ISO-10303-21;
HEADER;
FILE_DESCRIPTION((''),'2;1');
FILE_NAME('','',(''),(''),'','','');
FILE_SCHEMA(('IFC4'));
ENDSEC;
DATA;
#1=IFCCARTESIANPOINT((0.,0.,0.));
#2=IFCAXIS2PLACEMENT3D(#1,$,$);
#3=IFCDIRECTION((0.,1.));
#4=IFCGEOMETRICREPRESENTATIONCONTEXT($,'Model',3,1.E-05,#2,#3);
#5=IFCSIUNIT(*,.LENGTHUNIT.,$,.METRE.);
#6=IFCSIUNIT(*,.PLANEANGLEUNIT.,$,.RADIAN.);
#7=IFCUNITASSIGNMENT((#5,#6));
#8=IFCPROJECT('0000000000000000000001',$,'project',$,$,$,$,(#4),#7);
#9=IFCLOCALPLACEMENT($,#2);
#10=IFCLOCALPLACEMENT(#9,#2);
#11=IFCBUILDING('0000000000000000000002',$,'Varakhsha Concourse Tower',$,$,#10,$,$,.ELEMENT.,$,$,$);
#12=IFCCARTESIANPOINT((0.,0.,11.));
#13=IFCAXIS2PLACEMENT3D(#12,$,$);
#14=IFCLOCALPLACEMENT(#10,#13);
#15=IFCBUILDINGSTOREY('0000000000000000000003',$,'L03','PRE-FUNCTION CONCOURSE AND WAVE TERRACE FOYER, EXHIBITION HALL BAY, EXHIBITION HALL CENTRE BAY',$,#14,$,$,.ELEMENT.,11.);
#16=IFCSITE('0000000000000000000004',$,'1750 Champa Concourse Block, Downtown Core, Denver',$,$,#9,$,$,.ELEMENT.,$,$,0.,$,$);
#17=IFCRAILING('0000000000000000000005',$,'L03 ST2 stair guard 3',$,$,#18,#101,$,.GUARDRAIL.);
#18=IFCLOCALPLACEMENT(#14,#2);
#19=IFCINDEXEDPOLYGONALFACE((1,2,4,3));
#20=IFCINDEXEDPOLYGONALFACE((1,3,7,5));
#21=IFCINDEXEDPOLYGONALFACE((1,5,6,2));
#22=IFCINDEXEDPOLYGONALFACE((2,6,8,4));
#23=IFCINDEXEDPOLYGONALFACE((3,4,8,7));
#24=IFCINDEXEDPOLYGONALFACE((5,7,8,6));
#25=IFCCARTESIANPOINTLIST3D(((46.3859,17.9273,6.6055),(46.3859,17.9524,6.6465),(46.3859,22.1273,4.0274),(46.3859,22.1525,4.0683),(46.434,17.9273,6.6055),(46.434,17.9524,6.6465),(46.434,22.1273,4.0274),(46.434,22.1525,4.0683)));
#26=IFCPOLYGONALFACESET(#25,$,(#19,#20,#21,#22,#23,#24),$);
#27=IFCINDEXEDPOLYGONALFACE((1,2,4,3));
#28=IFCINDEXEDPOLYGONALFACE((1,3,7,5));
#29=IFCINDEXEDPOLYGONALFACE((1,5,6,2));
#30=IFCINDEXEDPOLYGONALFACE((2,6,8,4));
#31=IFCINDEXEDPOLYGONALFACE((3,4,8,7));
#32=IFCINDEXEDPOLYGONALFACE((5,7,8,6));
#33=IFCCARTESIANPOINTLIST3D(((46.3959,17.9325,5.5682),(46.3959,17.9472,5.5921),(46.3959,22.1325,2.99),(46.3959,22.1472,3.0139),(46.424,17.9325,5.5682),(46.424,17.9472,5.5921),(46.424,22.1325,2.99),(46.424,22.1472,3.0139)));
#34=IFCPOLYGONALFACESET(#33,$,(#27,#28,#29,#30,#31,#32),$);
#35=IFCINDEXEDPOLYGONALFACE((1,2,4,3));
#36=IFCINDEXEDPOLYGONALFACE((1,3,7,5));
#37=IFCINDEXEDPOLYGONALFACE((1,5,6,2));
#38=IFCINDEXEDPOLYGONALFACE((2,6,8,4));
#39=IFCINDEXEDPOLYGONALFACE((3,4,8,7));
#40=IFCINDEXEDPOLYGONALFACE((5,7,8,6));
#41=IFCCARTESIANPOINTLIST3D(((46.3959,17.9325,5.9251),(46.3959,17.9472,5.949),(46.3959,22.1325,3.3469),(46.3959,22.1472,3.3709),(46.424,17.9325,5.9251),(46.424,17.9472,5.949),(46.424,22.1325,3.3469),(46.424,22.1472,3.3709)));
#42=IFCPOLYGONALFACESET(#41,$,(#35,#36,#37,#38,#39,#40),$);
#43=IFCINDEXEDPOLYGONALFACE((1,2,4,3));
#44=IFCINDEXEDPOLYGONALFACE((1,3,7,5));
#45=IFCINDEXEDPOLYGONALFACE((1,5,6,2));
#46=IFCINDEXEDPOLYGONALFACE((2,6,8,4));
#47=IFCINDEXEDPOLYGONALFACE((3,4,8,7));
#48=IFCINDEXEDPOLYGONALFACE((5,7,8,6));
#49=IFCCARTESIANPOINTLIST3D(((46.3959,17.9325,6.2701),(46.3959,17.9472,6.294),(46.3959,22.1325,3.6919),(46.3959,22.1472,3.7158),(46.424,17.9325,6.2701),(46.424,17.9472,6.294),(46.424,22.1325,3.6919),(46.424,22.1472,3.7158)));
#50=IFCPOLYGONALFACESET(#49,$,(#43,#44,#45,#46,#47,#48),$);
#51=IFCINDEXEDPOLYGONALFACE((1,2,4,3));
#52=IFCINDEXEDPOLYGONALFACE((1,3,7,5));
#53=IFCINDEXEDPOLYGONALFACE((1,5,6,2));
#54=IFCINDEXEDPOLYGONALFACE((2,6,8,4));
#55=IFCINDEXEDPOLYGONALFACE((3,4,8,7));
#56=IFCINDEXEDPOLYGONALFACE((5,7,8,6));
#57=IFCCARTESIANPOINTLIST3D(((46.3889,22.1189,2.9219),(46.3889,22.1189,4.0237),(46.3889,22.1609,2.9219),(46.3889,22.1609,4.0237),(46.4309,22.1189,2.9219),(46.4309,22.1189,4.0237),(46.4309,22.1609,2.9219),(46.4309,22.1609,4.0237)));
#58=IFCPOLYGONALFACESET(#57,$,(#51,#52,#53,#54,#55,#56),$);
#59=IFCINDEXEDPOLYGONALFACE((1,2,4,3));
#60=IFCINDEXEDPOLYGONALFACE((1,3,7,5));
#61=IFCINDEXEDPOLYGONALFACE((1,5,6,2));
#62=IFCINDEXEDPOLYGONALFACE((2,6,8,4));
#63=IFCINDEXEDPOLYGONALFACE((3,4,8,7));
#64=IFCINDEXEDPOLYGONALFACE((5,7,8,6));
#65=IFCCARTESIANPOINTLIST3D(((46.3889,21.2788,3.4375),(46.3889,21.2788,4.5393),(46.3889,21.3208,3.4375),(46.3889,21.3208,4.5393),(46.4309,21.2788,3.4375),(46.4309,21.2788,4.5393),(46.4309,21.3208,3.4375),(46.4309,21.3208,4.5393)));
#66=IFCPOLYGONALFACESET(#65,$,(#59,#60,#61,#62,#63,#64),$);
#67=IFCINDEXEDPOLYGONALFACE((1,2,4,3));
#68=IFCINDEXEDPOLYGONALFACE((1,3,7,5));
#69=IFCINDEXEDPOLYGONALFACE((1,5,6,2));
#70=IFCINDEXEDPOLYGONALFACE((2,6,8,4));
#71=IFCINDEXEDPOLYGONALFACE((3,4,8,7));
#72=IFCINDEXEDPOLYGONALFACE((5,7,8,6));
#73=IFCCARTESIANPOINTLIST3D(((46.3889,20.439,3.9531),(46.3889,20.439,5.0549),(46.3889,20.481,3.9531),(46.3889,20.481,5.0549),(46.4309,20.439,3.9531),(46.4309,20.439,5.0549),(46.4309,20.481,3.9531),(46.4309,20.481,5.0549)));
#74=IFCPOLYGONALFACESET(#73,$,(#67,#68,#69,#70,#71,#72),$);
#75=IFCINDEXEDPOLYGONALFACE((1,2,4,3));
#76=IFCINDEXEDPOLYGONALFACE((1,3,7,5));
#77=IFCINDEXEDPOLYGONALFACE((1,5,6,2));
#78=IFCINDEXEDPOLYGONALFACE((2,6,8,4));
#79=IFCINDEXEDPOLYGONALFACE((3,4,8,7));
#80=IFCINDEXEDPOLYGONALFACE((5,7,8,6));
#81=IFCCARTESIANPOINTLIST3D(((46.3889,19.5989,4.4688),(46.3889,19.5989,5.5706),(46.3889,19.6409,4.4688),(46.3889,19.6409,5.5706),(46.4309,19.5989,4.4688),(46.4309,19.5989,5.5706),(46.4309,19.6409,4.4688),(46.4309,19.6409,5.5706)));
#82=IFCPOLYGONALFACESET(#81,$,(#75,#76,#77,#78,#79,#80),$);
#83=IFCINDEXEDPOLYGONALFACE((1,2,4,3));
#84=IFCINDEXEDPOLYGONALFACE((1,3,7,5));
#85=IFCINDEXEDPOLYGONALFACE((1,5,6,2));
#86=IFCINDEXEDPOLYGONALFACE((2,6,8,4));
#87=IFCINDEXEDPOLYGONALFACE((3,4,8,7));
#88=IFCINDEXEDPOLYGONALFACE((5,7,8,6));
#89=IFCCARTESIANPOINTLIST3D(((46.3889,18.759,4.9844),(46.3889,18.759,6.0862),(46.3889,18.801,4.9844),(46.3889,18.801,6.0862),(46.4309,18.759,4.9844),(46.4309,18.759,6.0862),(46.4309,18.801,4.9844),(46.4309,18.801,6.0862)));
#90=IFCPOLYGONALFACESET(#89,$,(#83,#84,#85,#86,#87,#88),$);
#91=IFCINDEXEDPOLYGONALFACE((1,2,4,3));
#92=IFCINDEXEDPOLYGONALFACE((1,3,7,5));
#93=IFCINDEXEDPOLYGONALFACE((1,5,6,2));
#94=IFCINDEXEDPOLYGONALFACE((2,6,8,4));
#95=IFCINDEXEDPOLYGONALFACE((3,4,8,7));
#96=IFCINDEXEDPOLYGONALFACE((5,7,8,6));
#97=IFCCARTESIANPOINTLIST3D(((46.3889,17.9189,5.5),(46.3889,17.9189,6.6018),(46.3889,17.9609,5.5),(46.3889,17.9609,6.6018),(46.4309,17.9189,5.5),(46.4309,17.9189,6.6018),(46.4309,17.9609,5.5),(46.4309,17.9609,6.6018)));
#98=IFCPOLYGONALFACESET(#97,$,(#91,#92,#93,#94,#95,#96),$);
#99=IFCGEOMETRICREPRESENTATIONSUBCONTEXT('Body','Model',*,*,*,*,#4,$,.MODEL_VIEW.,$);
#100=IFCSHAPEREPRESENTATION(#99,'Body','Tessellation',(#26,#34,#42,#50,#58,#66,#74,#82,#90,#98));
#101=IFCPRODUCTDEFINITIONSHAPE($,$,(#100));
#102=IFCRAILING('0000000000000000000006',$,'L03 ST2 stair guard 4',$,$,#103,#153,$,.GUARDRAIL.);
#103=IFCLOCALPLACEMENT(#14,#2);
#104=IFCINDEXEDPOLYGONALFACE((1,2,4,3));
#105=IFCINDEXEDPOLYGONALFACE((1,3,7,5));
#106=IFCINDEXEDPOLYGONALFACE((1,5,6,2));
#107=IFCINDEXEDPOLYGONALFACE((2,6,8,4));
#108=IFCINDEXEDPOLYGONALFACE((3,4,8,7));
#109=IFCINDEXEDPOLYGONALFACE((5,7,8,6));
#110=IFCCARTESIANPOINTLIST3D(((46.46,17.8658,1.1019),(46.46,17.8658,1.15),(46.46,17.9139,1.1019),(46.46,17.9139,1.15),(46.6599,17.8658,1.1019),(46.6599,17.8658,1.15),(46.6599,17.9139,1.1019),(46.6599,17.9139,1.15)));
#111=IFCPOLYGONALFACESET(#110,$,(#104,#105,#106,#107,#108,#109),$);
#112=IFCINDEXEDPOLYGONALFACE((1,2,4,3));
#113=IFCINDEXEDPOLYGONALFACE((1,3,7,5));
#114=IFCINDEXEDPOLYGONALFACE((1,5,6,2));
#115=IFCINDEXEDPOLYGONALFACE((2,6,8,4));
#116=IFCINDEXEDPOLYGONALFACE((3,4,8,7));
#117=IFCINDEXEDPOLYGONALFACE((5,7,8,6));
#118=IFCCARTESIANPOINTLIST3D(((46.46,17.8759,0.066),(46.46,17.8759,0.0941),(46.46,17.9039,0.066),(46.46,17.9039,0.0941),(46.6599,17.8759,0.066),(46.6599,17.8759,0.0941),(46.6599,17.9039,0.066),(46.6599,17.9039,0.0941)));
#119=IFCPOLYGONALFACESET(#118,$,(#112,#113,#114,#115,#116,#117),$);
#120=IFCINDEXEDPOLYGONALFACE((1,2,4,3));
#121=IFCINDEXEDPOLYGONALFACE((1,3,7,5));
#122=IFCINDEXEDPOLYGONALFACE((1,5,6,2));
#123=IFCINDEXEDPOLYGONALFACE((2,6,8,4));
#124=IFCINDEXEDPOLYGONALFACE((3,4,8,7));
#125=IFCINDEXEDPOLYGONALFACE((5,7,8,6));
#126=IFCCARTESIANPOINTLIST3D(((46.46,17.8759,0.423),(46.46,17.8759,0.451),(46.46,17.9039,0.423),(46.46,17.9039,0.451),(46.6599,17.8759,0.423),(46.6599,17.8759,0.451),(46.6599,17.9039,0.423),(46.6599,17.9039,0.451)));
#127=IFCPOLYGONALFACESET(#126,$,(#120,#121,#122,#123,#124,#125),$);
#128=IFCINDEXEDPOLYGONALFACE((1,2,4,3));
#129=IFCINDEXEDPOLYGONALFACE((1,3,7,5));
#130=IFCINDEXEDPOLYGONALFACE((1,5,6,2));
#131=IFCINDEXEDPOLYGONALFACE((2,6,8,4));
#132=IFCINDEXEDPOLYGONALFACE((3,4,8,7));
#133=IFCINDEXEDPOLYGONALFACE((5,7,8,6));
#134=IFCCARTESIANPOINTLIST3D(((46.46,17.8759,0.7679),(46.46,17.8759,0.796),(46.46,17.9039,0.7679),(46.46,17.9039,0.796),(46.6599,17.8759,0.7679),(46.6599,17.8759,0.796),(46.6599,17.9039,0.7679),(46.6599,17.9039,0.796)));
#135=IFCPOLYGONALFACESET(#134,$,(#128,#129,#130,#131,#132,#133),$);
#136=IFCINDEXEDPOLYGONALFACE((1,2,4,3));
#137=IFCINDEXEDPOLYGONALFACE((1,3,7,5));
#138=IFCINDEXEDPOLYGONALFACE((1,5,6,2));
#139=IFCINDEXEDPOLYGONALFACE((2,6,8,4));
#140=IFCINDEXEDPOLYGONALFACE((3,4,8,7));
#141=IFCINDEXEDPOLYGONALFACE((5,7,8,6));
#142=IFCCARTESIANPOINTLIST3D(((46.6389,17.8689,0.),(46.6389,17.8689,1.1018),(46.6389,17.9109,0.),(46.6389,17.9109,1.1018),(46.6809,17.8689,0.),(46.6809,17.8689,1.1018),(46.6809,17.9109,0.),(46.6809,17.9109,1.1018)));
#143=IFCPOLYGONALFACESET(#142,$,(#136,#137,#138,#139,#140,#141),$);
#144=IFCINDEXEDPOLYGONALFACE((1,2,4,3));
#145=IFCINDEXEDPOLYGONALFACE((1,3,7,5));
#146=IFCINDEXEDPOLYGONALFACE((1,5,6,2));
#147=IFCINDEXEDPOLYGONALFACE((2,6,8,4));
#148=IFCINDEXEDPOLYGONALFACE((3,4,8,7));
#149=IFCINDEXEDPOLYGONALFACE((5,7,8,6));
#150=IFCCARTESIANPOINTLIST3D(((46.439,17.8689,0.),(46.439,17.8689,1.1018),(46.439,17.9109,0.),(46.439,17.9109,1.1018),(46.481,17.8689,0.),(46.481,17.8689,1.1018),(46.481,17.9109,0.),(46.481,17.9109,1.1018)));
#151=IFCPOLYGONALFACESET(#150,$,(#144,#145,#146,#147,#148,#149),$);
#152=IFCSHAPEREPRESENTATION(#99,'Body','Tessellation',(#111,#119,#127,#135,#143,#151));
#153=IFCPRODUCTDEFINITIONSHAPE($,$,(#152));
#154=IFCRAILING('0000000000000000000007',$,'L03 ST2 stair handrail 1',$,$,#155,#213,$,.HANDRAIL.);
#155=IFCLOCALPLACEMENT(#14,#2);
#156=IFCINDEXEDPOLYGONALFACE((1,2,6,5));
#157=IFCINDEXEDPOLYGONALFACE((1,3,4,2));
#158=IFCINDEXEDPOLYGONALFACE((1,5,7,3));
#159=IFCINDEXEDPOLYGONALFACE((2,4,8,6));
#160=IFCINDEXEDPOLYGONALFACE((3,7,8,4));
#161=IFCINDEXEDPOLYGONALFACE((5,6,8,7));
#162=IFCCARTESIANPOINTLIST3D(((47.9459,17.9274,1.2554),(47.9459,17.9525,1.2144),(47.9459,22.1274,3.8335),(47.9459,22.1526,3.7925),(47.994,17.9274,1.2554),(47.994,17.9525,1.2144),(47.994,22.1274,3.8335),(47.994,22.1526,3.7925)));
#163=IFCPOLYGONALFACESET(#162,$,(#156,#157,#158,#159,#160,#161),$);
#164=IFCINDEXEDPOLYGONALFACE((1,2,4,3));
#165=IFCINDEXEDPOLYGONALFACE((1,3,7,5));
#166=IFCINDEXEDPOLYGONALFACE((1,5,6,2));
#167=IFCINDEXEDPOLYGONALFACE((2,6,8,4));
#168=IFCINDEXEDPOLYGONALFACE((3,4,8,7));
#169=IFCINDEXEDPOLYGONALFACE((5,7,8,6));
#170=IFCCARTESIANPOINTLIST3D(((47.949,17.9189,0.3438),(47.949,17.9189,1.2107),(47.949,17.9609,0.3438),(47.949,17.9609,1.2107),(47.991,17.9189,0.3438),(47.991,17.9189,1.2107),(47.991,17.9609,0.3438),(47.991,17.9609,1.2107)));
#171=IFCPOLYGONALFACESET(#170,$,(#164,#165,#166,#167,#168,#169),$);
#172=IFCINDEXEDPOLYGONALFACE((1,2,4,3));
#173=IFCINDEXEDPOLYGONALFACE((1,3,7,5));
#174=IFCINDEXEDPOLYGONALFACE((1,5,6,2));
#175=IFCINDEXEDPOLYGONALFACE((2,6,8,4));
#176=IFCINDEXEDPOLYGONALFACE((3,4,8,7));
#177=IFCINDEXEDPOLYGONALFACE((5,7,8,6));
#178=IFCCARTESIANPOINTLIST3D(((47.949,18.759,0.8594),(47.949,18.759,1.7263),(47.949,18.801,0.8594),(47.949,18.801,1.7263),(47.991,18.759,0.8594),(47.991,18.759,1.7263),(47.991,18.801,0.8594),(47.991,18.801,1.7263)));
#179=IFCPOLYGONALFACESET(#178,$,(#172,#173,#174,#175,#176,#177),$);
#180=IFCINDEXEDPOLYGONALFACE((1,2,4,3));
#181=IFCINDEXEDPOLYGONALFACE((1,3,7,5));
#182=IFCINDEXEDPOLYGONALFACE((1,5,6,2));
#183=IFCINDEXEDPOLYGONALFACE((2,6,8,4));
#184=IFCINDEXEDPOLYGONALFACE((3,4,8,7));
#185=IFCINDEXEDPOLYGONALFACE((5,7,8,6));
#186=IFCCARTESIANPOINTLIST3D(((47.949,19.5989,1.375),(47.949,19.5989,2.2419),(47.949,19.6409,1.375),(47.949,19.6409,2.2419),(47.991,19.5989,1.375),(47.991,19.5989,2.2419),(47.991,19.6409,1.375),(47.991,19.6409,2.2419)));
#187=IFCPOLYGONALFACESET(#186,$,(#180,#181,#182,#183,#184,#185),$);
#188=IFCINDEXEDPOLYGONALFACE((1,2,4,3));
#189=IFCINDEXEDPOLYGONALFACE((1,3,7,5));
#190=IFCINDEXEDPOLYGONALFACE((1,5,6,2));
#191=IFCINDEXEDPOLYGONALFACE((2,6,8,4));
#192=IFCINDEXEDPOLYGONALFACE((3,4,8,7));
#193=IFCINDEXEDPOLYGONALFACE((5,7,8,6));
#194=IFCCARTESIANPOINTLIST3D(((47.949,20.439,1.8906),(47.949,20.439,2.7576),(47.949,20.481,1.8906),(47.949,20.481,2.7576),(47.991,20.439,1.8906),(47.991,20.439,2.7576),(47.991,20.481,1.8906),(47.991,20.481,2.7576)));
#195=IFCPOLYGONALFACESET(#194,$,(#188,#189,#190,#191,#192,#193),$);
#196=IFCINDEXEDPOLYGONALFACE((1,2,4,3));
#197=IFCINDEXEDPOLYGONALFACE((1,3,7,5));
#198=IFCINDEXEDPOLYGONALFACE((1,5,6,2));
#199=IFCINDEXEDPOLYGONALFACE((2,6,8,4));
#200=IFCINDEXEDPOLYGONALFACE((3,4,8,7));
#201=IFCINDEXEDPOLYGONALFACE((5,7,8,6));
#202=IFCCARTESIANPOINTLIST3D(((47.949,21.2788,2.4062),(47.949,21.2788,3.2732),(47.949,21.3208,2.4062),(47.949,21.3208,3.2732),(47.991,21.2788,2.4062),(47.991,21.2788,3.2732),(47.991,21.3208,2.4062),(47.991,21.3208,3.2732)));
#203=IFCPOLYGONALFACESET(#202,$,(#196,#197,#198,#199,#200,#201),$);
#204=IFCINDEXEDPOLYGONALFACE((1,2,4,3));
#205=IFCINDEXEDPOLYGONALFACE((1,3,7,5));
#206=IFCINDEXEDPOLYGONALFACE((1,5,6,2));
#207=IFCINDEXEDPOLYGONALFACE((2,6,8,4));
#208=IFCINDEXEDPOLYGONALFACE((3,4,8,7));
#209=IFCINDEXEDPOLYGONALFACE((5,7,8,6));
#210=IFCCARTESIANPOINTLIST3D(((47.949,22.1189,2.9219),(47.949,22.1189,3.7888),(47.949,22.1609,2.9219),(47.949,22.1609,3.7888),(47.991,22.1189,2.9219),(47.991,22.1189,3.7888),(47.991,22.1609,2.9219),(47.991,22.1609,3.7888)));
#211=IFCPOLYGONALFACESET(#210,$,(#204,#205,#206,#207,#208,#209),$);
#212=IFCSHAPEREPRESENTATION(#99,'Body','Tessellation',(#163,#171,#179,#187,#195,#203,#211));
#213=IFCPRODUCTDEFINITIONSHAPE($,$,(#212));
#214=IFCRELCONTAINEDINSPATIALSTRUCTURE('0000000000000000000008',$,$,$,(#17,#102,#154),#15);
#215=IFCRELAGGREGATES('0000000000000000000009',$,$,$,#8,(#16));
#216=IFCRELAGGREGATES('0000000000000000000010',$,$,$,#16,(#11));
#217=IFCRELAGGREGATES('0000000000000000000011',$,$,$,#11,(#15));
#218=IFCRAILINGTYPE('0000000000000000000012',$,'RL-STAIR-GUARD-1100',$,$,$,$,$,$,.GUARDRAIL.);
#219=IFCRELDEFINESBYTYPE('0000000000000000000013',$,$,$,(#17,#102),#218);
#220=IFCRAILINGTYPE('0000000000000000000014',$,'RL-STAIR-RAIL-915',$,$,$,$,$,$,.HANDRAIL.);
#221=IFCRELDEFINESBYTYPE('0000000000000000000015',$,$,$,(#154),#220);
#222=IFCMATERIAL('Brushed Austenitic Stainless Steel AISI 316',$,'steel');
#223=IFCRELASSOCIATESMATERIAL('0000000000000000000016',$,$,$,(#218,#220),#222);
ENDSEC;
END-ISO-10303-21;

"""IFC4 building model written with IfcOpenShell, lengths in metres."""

from ifc_helpers import new_model, si_unit, direction, frame, origin, origin_2d, place, context, subcontext, project, spatial, rectangle, extrude, material, type_object, element, save


model = new_model("IFC4")

# Units and contexts
model_context = context("Model", 3, precision=1e-05, world=origin(), true_north=direction((0.0, 1.0)))
body_context = subcontext(model_context, "Body", "Model", "MODEL_VIEW")
ifc_project = project(units=[si_unit("LENGTHUNIT", "METRE"), si_unit("PLANEANGLEUNIT", "RADIAN")], contexts=[model_context])

# Site, building, storey
site_placement = place(None, origin())
site = spatial("IfcSite", under=ifc_project, at=site_placement, Name="1750 Champa Concourse Block, Downtown Core, Denver", CompositionType="ELEMENT", RefElevation=0.0)
building_placement = place(site_placement, origin())
building = spatial("IfcBuilding", under=site, at=building_placement, Name="Varakhsha Concourse Tower", CompositionType="ELEMENT")
storey_placement = place(building_placement, frame((0.0, 0.0, 11.0)))
storey = spatial("IfcBuildingStorey", under=building, at=storey_placement, Name="L03", Description="PRE-FUNCTION CONCOURSE AND WAVE TERRACE FOYER, EXHIBITION HALL BAY, EXHIBITION HALL CENTRE BAY", CompositionType="ELEMENT", Elevation=11.0)

# Railings
ifc_material_1 = material(Name="Brushed Austenitic Stainless Steel AISI 316", Category="steel")
railing_type_1 = type_object("IfcRailingType", Name="RL-STAIR-GUARD-1100", PredefinedType="GUARDRAIL", material=ifc_material_1)
railing_1_placement = place(storey_placement, frame((46.4099, 22.1399, 2.9219)))
element("IfcRailing", 1, at=railing_1_placement, inside=storey, type_object=railing_type_1, Name="L03 ST2 stair guard 3", PredefinedType="GUARDRAIL", context=body_context, shape_type="SweptSolid", body=[
    extrude(rectangle(XDim=0.0481, YDim=0.0481, at=origin_2d()), frame((0.0, 0.0, 1.126), z_axis=(0.0, -0.852243, 0.523146), x_axis=(1.0, 0.0, 0.0)), (0.0, 0.0, 1.0), 4.9282),
    extrude(rectangle(XDim=0.0281, YDim=0.0281, at=origin_2d()), frame((0.0, 0.0, 0.0801), z_axis=(0.0, -0.852243, 0.523146), x_axis=(1.0, 0.0, 0.0)), (0.0, 0.0, 1.0), 4.9282),
    extrude(rectangle(XDim=0.0281, YDim=0.0281, at=origin_2d()), frame((0.0, 0.0, 0.437), z_axis=(0.0, -0.852243, 0.523146), x_axis=(1.0, 0.0, 0.0)), (0.0, 0.0, 1.0), 4.9282),
    extrude(rectangle(XDim=0.0281, YDim=0.0281, at=origin_2d()), frame((0.0, 0.0, 0.782), z_axis=(0.0, -0.852243, 0.523146), x_axis=(1.0, 0.0, 0.0)), (0.0, 0.0, 1.0), 4.9282),
    extrude(rectangle(XDim=0.042, YDim=0.042, at=origin_2d()), origin(), (0.0, 0.0, 1.0), 1.1018),
    extrude(rectangle(XDim=0.042, YDim=0.042, at=origin_2d()), frame((0.0, -0.8401, 0.5156)), (0.0, 0.0, 1.0), 1.1018),
    extrude(rectangle(XDim=0.042, YDim=0.042, at=origin_2d()), frame((0.0, -1.6799, 1.0312)), (0.0, 0.0, 1.0), 1.1018),
    extrude(rectangle(XDim=0.042, YDim=0.042, at=origin_2d()), frame((0.0, -2.52, 1.5469)), (0.0, 0.0, 1.0), 1.1018),
    extrude(rectangle(XDim=0.042, YDim=0.042, at=origin_2d()), frame((0.0, -3.3599, 2.0625)), (0.0, 0.0, 1.0), 1.1018),
    extrude(rectangle(XDim=0.042, YDim=0.042, at=origin_2d()), frame((0.0, -4.2, 2.5781)), (0.0, 0.0, 1.0), 1.1018),
])
railing_2_placement = place(storey_placement, frame((46.6599, 17.8899, 0.0)))
element("IfcRailing", 2, at=railing_2_placement, inside=storey, type_object=railing_type_1, Name="L03 ST2 stair guard 4", PredefinedType="GUARDRAIL", context=body_context, shape_type="SweptSolid", body=[
    extrude(rectangle(XDim=0.0481, YDim=0.0481, at=origin_2d()), frame((0.0, 0.0, 1.126), z_axis=(-1.0, 0.0, 0.0), x_axis=(0.0, -1.0, 0.0)), (0.0, 0.0, 1.0), 0.2),
    extrude(rectangle(XDim=0.0281, YDim=0.0281, at=origin_2d()), frame((0.0, 0.0, 0.0801), z_axis=(-1.0, 0.0, 0.0), x_axis=(0.0, -1.0, 0.0)), (0.0, 0.0, 1.0), 0.2),
    extrude(rectangle(XDim=0.0281, YDim=0.0281, at=origin_2d()), frame((0.0, 0.0, 0.437), z_axis=(-1.0, 0.0, 0.0), x_axis=(0.0, -1.0, 0.0)), (0.0, 0.0, 1.0), 0.2),
    extrude(rectangle(XDim=0.0281, YDim=0.0281, at=origin_2d()), frame((0.0, 0.0, 0.782), z_axis=(-1.0, 0.0, 0.0), x_axis=(0.0, -1.0, 0.0)), (0.0, 0.0, 1.0), 0.2),
    extrude(rectangle(XDim=0.042, YDim=0.042, at=origin_2d()), origin(), (0.0, 0.0, 1.0), 1.1018),
    extrude(rectangle(XDim=0.042, YDim=0.042, at=origin_2d()), frame((-0.2, 0.0, 0.0)), (0.0, 0.0, 1.0), 1.1018),
])
railing_type_2 = type_object("IfcRailingType", Name="RL-STAIR-RAIL-915", PredefinedType="HANDRAIL", material=ifc_material_1)
railing_3_placement = place(storey_placement, frame((47.97, 17.9399, 0.3438)))
element("IfcRailing", 3, at=railing_3_placement, inside=storey, type_object=railing_type_2, Name="L03 ST2 stair handrail 1", PredefinedType="HANDRAIL", context=body_context, shape_type="SweptSolid", body=[
    extrude(rectangle(XDim=0.0481, YDim=0.0481, at=origin_2d()), frame((0.0, 0.0, 0.8911), z_axis=(0.0, 0.852243, 0.523146), x_axis=(-1.0, 0.0, 0.0)), (0.0, 0.0, 1.0), 4.9282),
    extrude(rectangle(XDim=0.042, YDim=0.042, at=origin_2d()), origin(), (0.0, 0.0, 1.0), 0.8669),
    extrude(rectangle(XDim=0.042, YDim=0.042, at=origin_2d()), frame((0.0, 0.8401, 0.5156)), (0.0, 0.0, 1.0), 0.8669),
    extrude(rectangle(XDim=0.042, YDim=0.042, at=origin_2d()), frame((0.0, 1.6799, 1.0312)), (0.0, 0.0, 1.0), 0.8669),
    extrude(rectangle(XDim=0.042, YDim=0.042, at=origin_2d()), frame((0.0, 2.52, 1.5469)), (0.0, 0.0, 1.0), 0.8669),
    extrude(rectangle(XDim=0.042, YDim=0.042, at=origin_2d()), frame((0.0, 3.3599, 2.0625)), (0.0, 0.0, 1.0), 0.8669),
    extrude(rectangle(XDim=0.042, YDim=0.042, at=origin_2d()), frame((0.0, 4.2, 2.5781)), (0.0, 0.0, 1.0), 0.8669),
])

save(model, "model.ifc")
